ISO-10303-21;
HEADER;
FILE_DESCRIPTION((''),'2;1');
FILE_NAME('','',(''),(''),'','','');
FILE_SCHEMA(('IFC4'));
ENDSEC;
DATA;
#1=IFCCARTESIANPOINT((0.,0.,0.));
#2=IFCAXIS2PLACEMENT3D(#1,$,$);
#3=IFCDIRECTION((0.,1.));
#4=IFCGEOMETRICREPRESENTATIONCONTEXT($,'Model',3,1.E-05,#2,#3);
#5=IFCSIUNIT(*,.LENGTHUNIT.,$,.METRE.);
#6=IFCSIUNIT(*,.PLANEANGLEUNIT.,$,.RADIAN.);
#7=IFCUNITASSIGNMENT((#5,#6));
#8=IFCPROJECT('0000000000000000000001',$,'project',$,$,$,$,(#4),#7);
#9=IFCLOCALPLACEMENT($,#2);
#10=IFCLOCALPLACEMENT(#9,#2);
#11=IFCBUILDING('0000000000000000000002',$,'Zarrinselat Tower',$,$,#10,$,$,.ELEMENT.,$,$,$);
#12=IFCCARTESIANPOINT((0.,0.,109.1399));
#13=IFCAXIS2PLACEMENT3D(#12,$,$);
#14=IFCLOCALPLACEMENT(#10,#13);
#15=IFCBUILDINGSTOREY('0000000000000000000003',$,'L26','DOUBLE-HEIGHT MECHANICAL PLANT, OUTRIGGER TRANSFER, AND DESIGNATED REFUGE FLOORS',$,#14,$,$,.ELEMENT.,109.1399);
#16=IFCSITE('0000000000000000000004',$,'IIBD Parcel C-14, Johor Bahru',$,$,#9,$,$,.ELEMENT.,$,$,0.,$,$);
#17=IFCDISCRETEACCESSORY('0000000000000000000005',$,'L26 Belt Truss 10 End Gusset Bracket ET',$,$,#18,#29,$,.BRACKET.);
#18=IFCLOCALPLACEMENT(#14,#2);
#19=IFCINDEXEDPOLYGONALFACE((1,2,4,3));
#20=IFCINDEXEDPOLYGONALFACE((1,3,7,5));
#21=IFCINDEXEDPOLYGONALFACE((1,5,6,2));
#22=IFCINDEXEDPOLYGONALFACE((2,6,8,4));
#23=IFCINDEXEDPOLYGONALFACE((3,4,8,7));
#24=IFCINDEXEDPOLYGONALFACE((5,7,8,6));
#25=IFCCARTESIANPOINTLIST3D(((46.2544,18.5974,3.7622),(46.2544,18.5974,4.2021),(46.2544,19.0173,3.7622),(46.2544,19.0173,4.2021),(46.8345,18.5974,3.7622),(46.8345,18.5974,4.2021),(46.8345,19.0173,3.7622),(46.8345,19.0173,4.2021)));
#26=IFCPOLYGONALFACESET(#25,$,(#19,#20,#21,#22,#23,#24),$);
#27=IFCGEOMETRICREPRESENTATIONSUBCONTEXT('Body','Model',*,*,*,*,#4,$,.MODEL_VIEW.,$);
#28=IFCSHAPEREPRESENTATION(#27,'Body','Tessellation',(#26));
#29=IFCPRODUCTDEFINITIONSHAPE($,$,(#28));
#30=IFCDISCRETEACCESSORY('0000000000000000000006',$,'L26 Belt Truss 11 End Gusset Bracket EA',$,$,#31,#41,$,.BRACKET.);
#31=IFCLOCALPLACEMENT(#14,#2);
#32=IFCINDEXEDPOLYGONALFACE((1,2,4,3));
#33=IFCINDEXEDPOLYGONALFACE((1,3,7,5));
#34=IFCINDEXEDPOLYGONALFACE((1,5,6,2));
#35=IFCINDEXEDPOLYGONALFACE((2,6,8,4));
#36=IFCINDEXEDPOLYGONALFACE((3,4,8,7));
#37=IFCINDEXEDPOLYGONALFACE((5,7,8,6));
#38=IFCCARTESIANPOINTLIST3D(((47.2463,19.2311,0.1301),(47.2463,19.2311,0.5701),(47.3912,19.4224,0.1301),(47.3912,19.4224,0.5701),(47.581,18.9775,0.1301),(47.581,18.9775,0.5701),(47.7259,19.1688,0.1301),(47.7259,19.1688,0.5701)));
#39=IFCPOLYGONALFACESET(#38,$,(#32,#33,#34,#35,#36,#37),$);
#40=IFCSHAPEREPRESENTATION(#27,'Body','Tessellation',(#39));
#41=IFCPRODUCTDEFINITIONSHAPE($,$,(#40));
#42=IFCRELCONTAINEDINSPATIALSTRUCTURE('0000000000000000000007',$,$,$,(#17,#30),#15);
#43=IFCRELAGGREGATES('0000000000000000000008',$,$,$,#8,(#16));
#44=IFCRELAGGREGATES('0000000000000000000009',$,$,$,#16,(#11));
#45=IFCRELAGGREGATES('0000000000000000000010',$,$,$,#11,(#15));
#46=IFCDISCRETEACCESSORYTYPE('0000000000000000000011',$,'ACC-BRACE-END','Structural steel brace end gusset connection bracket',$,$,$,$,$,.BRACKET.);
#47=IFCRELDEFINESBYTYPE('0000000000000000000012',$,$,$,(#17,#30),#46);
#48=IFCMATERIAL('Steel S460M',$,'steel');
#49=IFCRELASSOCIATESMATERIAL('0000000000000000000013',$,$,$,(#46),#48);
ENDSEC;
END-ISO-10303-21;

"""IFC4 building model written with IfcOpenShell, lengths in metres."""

from ifc_helpers import new_model, si_unit, direction, frame, origin, origin_2d, place, context, subcontext, project, spatial, rectangle, extrude, material, type_object, element, save


model = new_model("IFC4")

# Units and contexts
model_context = context("Model", 3, precision=1e-05, world=origin(), true_north=direction((0.0, 1.0)))
body_context = subcontext(model_context, "Body", "Model", "MODEL_VIEW")
ifc_project = project(units=[si_unit("LENGTHUNIT", "METRE"), si_unit("PLANEANGLEUNIT", "RADIAN")], contexts=[model_context])

# Site, building, storey
site_placement = place(None, origin())
site = spatial("IfcSite", under=ifc_project, at=site_placement, Name="IIBD Parcel C-14, Johor Bahru", CompositionType="ELEMENT", RefElevation=0.0)
building_placement = place(site_placement, origin())
building = spatial("IfcBuilding", under=site, at=building_placement, Name="Zarrinselat Tower", CompositionType="ELEMENT")
storey_placement = place(building_placement, frame((0.0, 0.0, 109.1399)))
storey = spatial("IfcBuildingStorey", under=building, at=storey_placement, Name="L26", Description="DOUBLE-HEIGHT MECHANICAL PLANT, OUTRIGGER TRANSFER, AND DESIGNATED REFUGE FLOORS", CompositionType="ELEMENT", Elevation=109.1399)

# Discrete accessories
ifc_material_1 = material(Name="Steel S460M", Category="steel")
discrete_accessory_type = type_object("IfcDiscreteAccessoryType", Name="ACC-BRACE-END", Description="Structural steel brace end gusset connection bracket", PredefinedType="BRACKET", material=ifc_material_1)
discrete_accessory_1_placement = place(storey_placement, frame((46.5444, 18.8074, 3.7622), z_axis=(0.0, 0.0, 1.0), x_axis=(1.0, 0.0, 0.0)))
element("IfcDiscreteAccessory", 1, at=discrete_accessory_1_placement, inside=storey, type_object=discrete_accessory_type, Name="L26 Belt Truss 10 End Gusset Bracket ET", PredefinedType="BRACKET", context=body_context, shape_type="SweptSolid", body=[
    extrude(rectangle(XDim=0.5801, YDim=0.4199, at=origin_2d()), origin(), (0.0, 0.0, 1.0), 0.4399),
])
discrete_accessory_2_placement = place(storey_placement, frame((47.4861, 19.2, 0.1301), z_axis=(0.0, 0.0, 1.0), x_axis=(0.603862, 0.797089, 0.0)))
element("IfcDiscreteAccessory", 2, at=discrete_accessory_2_placement, inside=storey, type_object=discrete_accessory_type, Name="L26 Belt Truss 11 End Gusset Bracket EA", PredefinedType="BRACKET", context=body_context, shape_type="SweptSolid", body=[
    extrude(rectangle(XDim=0.24, YDim=0.4199, at=origin_2d()), origin(), (0.0, 0.0, 1.0), 0.4399),
])

save(model, "model.ifc")
